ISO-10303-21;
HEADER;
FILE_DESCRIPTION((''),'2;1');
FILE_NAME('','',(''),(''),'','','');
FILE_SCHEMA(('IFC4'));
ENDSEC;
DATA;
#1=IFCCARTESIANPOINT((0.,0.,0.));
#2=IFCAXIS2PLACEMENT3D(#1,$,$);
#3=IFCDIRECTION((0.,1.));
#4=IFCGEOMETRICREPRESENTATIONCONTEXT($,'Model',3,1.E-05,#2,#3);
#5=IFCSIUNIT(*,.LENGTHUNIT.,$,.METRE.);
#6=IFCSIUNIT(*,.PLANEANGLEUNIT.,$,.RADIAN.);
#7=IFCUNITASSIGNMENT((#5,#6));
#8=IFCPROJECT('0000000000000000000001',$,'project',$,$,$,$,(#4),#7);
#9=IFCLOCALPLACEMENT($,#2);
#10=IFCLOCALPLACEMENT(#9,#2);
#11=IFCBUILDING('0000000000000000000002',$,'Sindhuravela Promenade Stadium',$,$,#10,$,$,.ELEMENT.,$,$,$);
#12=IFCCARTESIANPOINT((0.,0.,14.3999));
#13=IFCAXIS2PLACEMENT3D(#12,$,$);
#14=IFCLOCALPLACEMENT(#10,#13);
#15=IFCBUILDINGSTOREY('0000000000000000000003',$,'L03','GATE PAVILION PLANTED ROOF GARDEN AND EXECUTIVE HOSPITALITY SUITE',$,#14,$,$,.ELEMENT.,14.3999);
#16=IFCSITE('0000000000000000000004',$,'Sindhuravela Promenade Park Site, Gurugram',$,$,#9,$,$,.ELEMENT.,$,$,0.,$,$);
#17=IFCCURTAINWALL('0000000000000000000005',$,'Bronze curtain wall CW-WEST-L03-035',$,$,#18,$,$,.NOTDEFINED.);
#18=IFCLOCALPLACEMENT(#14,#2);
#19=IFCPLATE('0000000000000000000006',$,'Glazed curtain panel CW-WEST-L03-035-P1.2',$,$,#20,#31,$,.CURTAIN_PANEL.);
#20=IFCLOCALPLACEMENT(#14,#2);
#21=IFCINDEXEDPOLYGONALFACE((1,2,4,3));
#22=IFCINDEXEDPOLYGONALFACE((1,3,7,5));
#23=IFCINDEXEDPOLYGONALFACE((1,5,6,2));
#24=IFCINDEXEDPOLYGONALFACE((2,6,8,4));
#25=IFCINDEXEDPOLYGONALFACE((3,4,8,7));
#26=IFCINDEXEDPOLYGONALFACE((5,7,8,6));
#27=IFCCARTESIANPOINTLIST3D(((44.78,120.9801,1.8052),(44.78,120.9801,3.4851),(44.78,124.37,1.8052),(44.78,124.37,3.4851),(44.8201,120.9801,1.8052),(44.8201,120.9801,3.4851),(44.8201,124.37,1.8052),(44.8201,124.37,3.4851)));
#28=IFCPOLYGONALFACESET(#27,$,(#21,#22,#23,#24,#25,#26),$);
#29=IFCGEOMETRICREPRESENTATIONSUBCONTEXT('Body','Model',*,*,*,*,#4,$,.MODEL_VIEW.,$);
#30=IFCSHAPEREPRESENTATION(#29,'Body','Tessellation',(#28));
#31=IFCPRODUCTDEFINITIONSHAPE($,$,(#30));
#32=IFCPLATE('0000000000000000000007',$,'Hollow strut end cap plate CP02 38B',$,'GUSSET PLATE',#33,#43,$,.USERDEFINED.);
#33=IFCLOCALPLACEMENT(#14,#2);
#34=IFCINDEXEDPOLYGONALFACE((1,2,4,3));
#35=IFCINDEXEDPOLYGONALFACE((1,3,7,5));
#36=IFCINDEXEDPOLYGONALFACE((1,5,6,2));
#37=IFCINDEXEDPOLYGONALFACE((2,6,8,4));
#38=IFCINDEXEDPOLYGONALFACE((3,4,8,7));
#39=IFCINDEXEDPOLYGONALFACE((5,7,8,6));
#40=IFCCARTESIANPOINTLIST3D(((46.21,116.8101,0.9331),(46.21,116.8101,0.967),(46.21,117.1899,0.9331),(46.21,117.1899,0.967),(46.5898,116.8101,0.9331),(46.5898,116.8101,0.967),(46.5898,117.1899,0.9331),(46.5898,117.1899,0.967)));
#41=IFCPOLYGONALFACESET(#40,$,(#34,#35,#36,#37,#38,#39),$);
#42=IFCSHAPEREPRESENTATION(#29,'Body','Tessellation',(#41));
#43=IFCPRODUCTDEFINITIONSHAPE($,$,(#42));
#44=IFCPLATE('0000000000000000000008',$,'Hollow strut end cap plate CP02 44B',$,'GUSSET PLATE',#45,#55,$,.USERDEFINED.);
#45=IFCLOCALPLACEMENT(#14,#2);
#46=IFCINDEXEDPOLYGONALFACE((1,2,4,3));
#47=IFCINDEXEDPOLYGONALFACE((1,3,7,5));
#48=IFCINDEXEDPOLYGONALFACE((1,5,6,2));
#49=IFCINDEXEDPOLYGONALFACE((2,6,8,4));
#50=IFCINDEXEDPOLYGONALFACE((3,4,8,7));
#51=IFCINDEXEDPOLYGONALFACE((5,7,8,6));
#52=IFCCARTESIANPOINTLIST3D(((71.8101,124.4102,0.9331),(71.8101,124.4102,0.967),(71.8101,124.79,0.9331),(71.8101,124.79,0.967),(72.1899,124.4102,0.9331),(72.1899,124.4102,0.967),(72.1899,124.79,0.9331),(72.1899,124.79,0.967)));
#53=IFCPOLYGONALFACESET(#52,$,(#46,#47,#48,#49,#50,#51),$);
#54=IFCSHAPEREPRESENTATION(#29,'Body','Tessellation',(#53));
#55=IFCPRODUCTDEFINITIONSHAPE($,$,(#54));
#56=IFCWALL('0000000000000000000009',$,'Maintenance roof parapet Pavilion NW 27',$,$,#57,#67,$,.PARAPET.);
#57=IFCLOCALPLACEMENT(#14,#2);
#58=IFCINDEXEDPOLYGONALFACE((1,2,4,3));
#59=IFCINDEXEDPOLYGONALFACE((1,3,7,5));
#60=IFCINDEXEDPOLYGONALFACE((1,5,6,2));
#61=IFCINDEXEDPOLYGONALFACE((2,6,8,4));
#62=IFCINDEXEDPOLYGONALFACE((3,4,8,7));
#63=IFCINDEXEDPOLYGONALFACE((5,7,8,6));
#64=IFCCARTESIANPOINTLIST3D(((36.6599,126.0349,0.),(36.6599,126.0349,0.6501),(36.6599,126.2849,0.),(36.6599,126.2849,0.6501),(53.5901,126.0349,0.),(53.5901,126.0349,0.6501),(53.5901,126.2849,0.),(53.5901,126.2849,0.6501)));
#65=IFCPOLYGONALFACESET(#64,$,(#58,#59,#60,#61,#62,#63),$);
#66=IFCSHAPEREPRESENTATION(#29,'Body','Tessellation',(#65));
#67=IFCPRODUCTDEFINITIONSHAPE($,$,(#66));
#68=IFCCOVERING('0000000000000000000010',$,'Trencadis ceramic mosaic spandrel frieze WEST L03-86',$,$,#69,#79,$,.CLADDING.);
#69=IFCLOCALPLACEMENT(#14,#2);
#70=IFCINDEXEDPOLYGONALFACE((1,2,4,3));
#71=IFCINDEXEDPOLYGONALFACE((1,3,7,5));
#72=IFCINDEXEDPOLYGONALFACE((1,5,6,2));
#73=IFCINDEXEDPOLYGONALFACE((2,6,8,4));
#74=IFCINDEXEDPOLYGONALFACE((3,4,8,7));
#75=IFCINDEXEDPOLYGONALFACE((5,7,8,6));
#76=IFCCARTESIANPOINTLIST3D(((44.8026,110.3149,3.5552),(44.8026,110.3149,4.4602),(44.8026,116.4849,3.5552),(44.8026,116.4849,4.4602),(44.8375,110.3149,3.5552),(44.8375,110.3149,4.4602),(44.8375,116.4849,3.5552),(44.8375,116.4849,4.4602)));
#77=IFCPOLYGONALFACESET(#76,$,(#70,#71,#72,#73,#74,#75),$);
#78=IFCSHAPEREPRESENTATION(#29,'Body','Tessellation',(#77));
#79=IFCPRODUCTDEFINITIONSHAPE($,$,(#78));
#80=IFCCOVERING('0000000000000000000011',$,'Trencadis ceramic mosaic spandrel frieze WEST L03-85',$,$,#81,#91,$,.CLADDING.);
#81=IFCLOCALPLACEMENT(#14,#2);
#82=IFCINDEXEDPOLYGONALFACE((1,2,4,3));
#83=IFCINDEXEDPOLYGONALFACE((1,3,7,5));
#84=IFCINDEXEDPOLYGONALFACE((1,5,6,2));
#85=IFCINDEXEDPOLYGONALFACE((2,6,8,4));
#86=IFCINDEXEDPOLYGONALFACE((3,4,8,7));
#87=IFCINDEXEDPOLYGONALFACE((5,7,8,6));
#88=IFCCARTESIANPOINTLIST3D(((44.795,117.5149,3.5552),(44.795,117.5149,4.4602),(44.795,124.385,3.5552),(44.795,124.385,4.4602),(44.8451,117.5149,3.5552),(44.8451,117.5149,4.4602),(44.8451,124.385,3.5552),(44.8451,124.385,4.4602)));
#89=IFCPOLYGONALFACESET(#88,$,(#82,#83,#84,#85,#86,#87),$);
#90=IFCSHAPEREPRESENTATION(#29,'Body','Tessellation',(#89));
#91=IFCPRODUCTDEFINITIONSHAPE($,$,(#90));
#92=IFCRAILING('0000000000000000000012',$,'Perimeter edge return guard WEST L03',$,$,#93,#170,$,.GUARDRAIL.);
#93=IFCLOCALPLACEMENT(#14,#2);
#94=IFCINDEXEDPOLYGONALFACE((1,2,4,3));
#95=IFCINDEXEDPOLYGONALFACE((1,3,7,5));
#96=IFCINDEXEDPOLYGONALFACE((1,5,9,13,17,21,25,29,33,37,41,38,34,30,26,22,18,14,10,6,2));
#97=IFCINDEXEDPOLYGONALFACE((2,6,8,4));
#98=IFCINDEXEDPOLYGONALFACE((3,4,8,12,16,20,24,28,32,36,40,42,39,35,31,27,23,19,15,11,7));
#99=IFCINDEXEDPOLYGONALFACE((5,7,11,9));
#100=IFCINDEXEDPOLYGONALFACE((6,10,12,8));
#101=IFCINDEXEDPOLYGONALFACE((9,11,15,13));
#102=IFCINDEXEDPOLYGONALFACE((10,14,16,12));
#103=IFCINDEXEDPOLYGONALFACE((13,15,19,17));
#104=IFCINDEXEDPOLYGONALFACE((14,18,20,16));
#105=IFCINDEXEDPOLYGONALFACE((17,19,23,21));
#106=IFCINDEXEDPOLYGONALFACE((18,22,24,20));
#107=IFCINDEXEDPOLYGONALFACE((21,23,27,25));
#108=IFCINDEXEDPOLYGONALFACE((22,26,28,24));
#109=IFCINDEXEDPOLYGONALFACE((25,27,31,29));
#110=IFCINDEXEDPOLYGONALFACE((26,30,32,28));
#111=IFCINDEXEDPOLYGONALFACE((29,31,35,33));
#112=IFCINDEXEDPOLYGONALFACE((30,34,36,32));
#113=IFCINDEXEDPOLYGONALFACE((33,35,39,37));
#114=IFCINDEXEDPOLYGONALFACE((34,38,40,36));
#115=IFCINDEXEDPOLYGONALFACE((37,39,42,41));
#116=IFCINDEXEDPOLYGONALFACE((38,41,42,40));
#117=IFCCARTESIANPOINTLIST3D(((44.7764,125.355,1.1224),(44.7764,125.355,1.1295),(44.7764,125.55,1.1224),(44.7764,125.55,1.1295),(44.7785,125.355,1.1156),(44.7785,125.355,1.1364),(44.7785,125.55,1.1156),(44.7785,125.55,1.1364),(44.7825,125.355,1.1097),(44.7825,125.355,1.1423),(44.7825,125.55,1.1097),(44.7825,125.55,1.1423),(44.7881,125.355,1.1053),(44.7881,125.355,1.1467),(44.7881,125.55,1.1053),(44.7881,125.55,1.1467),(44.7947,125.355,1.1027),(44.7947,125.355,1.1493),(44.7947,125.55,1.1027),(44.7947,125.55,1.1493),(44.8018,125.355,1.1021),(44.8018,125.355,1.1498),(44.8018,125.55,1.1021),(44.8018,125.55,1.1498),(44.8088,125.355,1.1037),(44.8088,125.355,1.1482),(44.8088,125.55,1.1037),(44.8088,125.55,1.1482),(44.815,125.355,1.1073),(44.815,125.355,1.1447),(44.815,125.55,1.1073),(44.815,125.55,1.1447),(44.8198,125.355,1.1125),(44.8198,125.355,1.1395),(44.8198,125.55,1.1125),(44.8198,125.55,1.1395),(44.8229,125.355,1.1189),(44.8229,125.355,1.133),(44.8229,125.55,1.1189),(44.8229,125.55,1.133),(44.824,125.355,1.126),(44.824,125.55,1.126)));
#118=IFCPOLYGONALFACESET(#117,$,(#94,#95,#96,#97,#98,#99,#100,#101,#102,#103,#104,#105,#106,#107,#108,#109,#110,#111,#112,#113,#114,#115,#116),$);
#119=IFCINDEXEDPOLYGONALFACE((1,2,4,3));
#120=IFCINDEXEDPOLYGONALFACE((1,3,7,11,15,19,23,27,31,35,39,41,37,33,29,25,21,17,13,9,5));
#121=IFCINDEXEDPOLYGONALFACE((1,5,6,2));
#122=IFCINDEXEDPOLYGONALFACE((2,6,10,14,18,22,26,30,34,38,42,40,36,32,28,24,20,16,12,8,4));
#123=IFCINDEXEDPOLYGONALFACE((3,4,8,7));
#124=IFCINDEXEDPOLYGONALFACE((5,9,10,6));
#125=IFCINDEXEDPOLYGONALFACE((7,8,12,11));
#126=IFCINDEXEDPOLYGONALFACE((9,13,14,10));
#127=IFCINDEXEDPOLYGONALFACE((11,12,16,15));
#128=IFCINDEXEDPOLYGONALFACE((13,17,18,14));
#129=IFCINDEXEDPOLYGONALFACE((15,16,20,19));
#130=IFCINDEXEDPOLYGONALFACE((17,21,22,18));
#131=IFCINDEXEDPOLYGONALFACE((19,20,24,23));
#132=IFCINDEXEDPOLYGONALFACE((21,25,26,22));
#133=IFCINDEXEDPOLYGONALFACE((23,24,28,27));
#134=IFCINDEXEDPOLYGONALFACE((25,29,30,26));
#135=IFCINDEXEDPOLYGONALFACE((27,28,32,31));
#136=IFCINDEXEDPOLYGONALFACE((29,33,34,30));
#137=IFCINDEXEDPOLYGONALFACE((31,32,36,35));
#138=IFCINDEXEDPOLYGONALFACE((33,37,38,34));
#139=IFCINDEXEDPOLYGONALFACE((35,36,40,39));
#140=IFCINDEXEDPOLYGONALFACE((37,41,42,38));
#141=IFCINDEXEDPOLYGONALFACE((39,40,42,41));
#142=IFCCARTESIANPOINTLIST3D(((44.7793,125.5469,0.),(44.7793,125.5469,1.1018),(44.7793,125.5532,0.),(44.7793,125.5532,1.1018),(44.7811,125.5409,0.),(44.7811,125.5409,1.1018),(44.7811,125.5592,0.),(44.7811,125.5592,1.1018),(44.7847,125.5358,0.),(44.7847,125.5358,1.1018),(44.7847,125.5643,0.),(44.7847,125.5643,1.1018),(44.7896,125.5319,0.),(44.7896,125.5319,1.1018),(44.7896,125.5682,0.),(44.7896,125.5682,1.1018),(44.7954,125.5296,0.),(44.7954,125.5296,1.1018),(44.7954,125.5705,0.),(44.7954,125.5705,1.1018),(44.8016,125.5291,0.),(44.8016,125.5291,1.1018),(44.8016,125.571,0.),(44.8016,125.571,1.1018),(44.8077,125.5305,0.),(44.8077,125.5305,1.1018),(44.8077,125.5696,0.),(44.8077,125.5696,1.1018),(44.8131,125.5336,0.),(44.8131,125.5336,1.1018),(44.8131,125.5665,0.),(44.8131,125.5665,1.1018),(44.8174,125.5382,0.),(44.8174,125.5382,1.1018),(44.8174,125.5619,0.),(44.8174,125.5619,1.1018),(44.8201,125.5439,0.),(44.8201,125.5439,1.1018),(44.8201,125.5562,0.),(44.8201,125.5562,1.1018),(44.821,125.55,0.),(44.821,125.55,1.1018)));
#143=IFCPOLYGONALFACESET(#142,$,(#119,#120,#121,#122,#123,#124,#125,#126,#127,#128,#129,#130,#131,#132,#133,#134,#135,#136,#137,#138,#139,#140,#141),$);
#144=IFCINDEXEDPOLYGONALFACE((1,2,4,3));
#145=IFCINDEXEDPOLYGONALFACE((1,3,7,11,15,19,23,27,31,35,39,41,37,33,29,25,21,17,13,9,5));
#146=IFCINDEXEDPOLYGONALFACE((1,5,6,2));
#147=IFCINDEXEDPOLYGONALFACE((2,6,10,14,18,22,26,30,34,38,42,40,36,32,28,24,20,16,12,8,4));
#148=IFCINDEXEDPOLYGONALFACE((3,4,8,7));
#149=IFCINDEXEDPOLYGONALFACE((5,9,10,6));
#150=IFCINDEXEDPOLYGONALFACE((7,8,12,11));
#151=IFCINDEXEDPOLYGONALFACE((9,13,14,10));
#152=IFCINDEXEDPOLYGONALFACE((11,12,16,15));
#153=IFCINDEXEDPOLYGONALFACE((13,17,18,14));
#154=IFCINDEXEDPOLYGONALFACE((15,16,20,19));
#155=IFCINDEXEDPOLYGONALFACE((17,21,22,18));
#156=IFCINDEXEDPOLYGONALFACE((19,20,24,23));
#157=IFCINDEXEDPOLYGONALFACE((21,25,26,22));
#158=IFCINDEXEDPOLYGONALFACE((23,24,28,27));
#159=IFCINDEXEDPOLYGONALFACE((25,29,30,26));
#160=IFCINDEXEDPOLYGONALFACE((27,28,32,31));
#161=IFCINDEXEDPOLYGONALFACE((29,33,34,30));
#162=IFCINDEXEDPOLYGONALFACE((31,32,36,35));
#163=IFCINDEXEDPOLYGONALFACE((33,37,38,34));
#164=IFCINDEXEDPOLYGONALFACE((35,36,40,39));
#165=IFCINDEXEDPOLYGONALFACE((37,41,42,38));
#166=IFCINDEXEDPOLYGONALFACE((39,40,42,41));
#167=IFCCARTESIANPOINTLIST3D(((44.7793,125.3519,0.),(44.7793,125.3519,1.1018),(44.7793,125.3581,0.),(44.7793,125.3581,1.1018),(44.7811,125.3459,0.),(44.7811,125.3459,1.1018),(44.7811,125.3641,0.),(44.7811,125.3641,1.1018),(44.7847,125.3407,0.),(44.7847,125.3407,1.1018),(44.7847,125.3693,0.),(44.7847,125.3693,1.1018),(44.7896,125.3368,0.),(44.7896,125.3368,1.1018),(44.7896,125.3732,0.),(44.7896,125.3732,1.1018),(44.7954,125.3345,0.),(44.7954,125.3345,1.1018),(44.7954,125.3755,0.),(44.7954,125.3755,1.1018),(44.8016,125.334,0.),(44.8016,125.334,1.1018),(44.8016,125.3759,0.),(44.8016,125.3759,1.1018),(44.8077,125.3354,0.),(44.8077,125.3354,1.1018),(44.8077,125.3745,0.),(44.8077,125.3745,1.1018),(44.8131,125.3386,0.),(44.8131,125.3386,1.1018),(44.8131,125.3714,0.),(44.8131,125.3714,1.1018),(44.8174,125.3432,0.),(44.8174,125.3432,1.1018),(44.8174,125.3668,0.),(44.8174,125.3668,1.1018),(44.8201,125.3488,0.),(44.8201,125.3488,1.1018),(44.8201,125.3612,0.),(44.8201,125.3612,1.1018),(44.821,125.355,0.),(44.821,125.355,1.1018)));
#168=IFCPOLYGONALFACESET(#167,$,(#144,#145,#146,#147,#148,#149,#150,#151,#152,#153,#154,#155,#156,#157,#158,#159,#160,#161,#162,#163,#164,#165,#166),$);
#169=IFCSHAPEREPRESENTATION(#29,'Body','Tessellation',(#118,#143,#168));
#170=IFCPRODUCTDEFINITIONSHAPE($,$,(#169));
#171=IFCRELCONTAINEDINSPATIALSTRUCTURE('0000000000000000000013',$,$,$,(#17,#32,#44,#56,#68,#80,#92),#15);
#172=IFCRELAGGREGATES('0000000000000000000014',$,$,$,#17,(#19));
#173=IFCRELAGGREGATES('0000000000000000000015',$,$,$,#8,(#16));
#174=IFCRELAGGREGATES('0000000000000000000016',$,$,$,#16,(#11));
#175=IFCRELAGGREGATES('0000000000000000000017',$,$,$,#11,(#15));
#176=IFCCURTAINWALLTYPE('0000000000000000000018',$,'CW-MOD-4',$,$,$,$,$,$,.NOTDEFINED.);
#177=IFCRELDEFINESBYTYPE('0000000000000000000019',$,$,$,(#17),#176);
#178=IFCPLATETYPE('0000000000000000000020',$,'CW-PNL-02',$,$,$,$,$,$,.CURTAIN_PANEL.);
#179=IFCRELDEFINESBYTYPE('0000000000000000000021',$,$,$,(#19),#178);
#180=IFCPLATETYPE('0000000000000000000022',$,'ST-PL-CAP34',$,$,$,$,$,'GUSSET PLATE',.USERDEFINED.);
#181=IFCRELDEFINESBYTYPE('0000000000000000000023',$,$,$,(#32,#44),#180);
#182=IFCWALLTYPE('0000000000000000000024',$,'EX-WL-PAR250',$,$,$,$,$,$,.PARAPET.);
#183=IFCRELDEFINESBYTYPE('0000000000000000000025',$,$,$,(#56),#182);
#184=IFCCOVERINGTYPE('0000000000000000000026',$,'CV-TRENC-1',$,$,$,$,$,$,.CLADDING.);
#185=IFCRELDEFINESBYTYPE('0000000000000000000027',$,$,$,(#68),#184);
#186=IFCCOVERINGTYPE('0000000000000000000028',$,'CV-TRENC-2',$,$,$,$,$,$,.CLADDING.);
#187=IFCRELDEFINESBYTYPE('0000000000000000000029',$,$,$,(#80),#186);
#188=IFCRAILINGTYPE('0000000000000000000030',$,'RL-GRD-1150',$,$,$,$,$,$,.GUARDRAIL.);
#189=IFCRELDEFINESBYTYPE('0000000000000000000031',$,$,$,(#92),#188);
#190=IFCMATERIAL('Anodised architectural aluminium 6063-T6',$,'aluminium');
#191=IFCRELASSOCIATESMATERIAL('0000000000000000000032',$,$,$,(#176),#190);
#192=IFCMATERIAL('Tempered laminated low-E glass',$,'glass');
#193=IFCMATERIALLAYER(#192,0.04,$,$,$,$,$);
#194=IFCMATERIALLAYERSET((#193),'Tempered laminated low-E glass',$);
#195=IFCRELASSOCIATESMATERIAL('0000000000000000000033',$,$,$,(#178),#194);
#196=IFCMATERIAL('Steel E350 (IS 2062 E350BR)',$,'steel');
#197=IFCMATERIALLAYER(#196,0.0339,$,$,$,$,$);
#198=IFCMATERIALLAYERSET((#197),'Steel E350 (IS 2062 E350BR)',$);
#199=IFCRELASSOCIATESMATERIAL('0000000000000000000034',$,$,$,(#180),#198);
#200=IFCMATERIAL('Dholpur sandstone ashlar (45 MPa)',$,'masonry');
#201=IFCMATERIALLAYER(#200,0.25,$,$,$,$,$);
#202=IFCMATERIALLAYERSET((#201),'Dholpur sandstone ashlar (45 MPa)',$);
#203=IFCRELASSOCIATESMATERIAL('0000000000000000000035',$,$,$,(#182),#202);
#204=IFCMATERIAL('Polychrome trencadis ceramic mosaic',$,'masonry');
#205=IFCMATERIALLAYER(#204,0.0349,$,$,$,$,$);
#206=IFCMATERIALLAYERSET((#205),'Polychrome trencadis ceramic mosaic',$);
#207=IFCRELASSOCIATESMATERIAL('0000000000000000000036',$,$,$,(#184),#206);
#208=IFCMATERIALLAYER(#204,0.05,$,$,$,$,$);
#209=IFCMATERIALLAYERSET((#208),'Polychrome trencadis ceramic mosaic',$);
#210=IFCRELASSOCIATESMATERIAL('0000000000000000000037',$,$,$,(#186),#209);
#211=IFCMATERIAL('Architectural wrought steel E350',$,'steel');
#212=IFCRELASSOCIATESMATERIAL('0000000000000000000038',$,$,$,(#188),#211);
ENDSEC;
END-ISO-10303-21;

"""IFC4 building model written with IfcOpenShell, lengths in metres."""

from ifc_helpers import new_model, si_unit, direction, frame, frame_2d, origin, origin_2d, place, context, subcontext, project, spatial, rectangle, circle, extrude, material, layer, layer_set, type_object, element, aggregate, save


model = new_model("IFC4")

# Units and contexts
model_context = context("Model", 3, precision=1e-05, world=origin(), true_north=direction((0.0, 1.0)))
body_context = subcontext(model_context, "Body", "Model", "MODEL_VIEW")
ifc_project = project(units=[si_unit("LENGTHUNIT", "METRE"), si_unit("PLANEANGLEUNIT", "RADIAN")], contexts=[model_context])

# Site, building, storey
site_placement = place(None, origin())
site = spatial("IfcSite", under=ifc_project, at=site_placement, Name="Sindhuravela Promenade Park Site, Gurugram", CompositionType="ELEMENT", RefElevation=0.0)
building_placement = place(site_placement, origin())
building = spatial("IfcBuilding", under=site, at=building_placement, Name="Sindhuravela Promenade Stadium", CompositionType="ELEMENT")
storey_placement = place(building_placement, frame((0.0, 0.0, 14.3999)))
storey = spatial("IfcBuildingStorey", under=building, at=storey_placement, Name="L03", Description="GATE PAVILION PLANTED ROOF GARDEN AND EXECUTIVE HOSPITALITY SUITE", CompositionType="ELEMENT", Elevation=14.3999)

# Curtain wall
ifc_material_1 = material(Name="Anodised architectural aluminium 6063-T6", Category="aluminium")
curtain_wall_type = type_object("IfcCurtainWallType", Name="CW-MOD-4", PredefinedType="NOTDEFINED", material=ifc_material_1)
curtain_wall_placement = place(storey_placement, origin())
curtain_wall = element("IfcCurtainWall", 1, at=curtain_wall_placement, inside=storey, type_object=curtain_wall_type, Name="Bronze curtain wall CW-WEST-L03-035", PredefinedType="NOTDEFINED")

# Shared definitions
ifc_material_2 = material(Name="Steel E350 (IS 2062 E350BR)", Category="steel")

# Plate
ifc_material_3 = material(Name="Tempered laminated low-E glass", Category="glass")
ifc_layer_1 = layer(ifc_material_3, 0.04)
ifc_layer_set_1 = layer_set([ifc_layer_1], Name="Tempered laminated low-E glass")
plate_type_1 = type_object("IfcPlateType", Name="CW-PNL-02", PredefinedType="CURTAIN_PANEL", material=ifc_layer_set_1)
plate_1_placement = place(storey_placement, frame((44.8, 122.675, 1.8052), z_axis=(0.0, 0.0, 1.0), x_axis=(0.0, -1.0, 0.0)))
plate_1 = element("IfcPlate", 2, at=plate_1_placement, type_object=plate_type_1, Name="Glazed curtain panel CW-WEST-L03-035-P1.2", PredefinedType="CURTAIN_PANEL", context=body_context, shape_type="SweptSolid", body=[
    extrude(rectangle(XDim=3.3899, YDim=0.04, at=origin_2d()), origin(), (0.0, 0.0, 1.0), 1.6799),
])
aggregate(curtain_wall, [plate_1])

# Plates
ifc_layer_2 = layer(ifc_material_2, 0.0339)
ifc_layer_set_2 = layer_set([ifc_layer_2], Name="Steel E350 (IS 2062 E350BR)")
plate_type_2 = type_object("IfcPlateType", Name="ST-PL-CAP34", ElementType="GUSSET PLATE", PredefinedType="USERDEFINED", material=ifc_layer_set_2)
for number, where, z_axis, x_axis, name in (
    (3, (46.3999, 117.0, 0.9331), (0.0, 0.0, 1.0), (1.0, 0.0, 0.0), "Hollow strut end cap plate CP02 38B"),
    (4, (72.0, 124.6001, 0.9331), (0.0, 0.0, 1.0), (1.0, 0.0, 0.0), "Hollow strut end cap plate CP02 44B"),
):
    element("IfcPlate", number, at=place(storey_placement, frame(where, z_axis=z_axis, x_axis=x_axis)), inside=storey, type_object=plate_type_2, Name=name, ObjectType="GUSSET PLATE", PredefinedType="USERDEFINED", context=body_context, shape_type="SweptSolid", body=[
        extrude(rectangle(XDim=0.3799, YDim=0.3799, at=origin_2d()), origin(), (0.0, 0.0, 1.0), 0.0339),
    ])

# Wall
ifc_material_4 = material(Name="Dholpur sandstone ashlar (45 MPa)", Category="masonry")
ifc_layer_3 = layer(ifc_material_4, 0.25)
ifc_layer_set_3 = layer_set([ifc_layer_3], Name="Dholpur sandstone ashlar (45 MPa)")
wall_type = type_object("IfcWallType", Name="EX-WL-PAR250", PredefinedType="PARAPET", material=ifc_layer_set_3)
wall_placement = place(storey_placement, frame((53.5901, 126.1599, 0.0), z_axis=(0.0, 0.0, 1.0), x_axis=(-1.0, 0.0, 0.0)))
element("IfcWall", 5, at=wall_placement, inside=storey, type_object=wall_type, Name="Maintenance roof parapet Pavilion NW 27", PredefinedType="PARAPET", context=body_context, shape_type="SweptSolid", body=[
    extrude(rectangle(XDim=16.9302, YDim=0.25, at=frame_2d((8.4651, 0.0))), origin(), (0.0, 0.0, 1.0), 0.6501),
])

# Coverings
ifc_material_5 = material(Name="Polychrome trencadis ceramic mosaic", Category="masonry")
ifc_layer_4 = layer(ifc_material_5, 0.0349)
ifc_layer_set_4 = layer_set([ifc_layer_4], Name="Polychrome trencadis ceramic mosaic")
covering_type_1 = type_object("IfcCoveringType", Name="CV-TRENC-1", PredefinedType="CLADDING", material=ifc_layer_set_4)
covering_1_placement = place(storey_placement, frame((44.8201, 113.3999, 3.5552), z_axis=(0.0, 0.0, 1.0), x_axis=(0.0, -1.0, 0.0)))
element("IfcCovering", 6, at=covering_1_placement, inside=storey, type_object=covering_type_1, Name="Trencadis ceramic mosaic spandrel frieze WEST L03-86", PredefinedType="CLADDING", context=body_context, shape_type="SweptSolid", body=[
    extrude(rectangle(XDim=6.1699, YDim=0.0349, at=origin_2d()), origin(), (0.0, 0.0, 1.0), 0.905),
])
ifc_layer_5 = layer(ifc_material_5, 0.05)
ifc_layer_set_5 = layer_set([ifc_layer_5], Name="Polychrome trencadis ceramic mosaic")
covering_type_2 = type_object("IfcCoveringType", Name="CV-TRENC-2", PredefinedType="CLADDING", material=ifc_layer_set_5)
covering_2_placement = place(storey_placement, frame((44.8201, 120.95, 3.5552), z_axis=(0.0, 0.0, 1.0), x_axis=(0.0, -1.0, 0.0)))
element("IfcCovering", 7, at=covering_2_placement, inside=storey, type_object=covering_type_2, Name="Trencadis ceramic mosaic spandrel frieze WEST L03-85", PredefinedType="CLADDING", context=body_context, shape_type="SweptSolid", body=[
    extrude(rectangle(XDim=6.8701, YDim=0.05, at=origin_2d()), origin(), (0.0, 0.0, 1.0), 0.905),
])

# Railing
ifc_material_6 = material(Name="Architectural wrought steel E350", Category="steel")
railing_type_1 = type_object("IfcRailingType", Name="RL-GRD-1150", PredefinedType="GUARDRAIL", material=ifc_material_6)
railing_1_placement = place(storey_placement, frame((44.8, 125.55, 0.0)))
element("IfcRailing", 8, at=railing_1_placement, inside=storey, type_object=railing_type_1, Name="Perimeter edge return guard WEST L03", PredefinedType="GUARDRAIL", context=body_context, shape_type="SweptSolid", body=[
    extrude(circle(Radius=0.0239, at=origin_2d()), frame((0.0, 0.0, 1.126), z_axis=(0.0, -1.0, 0.0), x_axis=(1.0, 0.0, 0.0)), (0.0, 0.0, 1.0), 0.1951),
    extrude(circle(Radius=0.021, at=origin_2d()), origin(), (0.0, 0.0, 1.0), 1.1018),
    extrude(circle(Radius=0.021, at=origin_2d()), frame((0.0, -0.1951, 0.0)), (0.0, 0.0, 1.0), 1.1018),
])

save(model, "model.ifc")
